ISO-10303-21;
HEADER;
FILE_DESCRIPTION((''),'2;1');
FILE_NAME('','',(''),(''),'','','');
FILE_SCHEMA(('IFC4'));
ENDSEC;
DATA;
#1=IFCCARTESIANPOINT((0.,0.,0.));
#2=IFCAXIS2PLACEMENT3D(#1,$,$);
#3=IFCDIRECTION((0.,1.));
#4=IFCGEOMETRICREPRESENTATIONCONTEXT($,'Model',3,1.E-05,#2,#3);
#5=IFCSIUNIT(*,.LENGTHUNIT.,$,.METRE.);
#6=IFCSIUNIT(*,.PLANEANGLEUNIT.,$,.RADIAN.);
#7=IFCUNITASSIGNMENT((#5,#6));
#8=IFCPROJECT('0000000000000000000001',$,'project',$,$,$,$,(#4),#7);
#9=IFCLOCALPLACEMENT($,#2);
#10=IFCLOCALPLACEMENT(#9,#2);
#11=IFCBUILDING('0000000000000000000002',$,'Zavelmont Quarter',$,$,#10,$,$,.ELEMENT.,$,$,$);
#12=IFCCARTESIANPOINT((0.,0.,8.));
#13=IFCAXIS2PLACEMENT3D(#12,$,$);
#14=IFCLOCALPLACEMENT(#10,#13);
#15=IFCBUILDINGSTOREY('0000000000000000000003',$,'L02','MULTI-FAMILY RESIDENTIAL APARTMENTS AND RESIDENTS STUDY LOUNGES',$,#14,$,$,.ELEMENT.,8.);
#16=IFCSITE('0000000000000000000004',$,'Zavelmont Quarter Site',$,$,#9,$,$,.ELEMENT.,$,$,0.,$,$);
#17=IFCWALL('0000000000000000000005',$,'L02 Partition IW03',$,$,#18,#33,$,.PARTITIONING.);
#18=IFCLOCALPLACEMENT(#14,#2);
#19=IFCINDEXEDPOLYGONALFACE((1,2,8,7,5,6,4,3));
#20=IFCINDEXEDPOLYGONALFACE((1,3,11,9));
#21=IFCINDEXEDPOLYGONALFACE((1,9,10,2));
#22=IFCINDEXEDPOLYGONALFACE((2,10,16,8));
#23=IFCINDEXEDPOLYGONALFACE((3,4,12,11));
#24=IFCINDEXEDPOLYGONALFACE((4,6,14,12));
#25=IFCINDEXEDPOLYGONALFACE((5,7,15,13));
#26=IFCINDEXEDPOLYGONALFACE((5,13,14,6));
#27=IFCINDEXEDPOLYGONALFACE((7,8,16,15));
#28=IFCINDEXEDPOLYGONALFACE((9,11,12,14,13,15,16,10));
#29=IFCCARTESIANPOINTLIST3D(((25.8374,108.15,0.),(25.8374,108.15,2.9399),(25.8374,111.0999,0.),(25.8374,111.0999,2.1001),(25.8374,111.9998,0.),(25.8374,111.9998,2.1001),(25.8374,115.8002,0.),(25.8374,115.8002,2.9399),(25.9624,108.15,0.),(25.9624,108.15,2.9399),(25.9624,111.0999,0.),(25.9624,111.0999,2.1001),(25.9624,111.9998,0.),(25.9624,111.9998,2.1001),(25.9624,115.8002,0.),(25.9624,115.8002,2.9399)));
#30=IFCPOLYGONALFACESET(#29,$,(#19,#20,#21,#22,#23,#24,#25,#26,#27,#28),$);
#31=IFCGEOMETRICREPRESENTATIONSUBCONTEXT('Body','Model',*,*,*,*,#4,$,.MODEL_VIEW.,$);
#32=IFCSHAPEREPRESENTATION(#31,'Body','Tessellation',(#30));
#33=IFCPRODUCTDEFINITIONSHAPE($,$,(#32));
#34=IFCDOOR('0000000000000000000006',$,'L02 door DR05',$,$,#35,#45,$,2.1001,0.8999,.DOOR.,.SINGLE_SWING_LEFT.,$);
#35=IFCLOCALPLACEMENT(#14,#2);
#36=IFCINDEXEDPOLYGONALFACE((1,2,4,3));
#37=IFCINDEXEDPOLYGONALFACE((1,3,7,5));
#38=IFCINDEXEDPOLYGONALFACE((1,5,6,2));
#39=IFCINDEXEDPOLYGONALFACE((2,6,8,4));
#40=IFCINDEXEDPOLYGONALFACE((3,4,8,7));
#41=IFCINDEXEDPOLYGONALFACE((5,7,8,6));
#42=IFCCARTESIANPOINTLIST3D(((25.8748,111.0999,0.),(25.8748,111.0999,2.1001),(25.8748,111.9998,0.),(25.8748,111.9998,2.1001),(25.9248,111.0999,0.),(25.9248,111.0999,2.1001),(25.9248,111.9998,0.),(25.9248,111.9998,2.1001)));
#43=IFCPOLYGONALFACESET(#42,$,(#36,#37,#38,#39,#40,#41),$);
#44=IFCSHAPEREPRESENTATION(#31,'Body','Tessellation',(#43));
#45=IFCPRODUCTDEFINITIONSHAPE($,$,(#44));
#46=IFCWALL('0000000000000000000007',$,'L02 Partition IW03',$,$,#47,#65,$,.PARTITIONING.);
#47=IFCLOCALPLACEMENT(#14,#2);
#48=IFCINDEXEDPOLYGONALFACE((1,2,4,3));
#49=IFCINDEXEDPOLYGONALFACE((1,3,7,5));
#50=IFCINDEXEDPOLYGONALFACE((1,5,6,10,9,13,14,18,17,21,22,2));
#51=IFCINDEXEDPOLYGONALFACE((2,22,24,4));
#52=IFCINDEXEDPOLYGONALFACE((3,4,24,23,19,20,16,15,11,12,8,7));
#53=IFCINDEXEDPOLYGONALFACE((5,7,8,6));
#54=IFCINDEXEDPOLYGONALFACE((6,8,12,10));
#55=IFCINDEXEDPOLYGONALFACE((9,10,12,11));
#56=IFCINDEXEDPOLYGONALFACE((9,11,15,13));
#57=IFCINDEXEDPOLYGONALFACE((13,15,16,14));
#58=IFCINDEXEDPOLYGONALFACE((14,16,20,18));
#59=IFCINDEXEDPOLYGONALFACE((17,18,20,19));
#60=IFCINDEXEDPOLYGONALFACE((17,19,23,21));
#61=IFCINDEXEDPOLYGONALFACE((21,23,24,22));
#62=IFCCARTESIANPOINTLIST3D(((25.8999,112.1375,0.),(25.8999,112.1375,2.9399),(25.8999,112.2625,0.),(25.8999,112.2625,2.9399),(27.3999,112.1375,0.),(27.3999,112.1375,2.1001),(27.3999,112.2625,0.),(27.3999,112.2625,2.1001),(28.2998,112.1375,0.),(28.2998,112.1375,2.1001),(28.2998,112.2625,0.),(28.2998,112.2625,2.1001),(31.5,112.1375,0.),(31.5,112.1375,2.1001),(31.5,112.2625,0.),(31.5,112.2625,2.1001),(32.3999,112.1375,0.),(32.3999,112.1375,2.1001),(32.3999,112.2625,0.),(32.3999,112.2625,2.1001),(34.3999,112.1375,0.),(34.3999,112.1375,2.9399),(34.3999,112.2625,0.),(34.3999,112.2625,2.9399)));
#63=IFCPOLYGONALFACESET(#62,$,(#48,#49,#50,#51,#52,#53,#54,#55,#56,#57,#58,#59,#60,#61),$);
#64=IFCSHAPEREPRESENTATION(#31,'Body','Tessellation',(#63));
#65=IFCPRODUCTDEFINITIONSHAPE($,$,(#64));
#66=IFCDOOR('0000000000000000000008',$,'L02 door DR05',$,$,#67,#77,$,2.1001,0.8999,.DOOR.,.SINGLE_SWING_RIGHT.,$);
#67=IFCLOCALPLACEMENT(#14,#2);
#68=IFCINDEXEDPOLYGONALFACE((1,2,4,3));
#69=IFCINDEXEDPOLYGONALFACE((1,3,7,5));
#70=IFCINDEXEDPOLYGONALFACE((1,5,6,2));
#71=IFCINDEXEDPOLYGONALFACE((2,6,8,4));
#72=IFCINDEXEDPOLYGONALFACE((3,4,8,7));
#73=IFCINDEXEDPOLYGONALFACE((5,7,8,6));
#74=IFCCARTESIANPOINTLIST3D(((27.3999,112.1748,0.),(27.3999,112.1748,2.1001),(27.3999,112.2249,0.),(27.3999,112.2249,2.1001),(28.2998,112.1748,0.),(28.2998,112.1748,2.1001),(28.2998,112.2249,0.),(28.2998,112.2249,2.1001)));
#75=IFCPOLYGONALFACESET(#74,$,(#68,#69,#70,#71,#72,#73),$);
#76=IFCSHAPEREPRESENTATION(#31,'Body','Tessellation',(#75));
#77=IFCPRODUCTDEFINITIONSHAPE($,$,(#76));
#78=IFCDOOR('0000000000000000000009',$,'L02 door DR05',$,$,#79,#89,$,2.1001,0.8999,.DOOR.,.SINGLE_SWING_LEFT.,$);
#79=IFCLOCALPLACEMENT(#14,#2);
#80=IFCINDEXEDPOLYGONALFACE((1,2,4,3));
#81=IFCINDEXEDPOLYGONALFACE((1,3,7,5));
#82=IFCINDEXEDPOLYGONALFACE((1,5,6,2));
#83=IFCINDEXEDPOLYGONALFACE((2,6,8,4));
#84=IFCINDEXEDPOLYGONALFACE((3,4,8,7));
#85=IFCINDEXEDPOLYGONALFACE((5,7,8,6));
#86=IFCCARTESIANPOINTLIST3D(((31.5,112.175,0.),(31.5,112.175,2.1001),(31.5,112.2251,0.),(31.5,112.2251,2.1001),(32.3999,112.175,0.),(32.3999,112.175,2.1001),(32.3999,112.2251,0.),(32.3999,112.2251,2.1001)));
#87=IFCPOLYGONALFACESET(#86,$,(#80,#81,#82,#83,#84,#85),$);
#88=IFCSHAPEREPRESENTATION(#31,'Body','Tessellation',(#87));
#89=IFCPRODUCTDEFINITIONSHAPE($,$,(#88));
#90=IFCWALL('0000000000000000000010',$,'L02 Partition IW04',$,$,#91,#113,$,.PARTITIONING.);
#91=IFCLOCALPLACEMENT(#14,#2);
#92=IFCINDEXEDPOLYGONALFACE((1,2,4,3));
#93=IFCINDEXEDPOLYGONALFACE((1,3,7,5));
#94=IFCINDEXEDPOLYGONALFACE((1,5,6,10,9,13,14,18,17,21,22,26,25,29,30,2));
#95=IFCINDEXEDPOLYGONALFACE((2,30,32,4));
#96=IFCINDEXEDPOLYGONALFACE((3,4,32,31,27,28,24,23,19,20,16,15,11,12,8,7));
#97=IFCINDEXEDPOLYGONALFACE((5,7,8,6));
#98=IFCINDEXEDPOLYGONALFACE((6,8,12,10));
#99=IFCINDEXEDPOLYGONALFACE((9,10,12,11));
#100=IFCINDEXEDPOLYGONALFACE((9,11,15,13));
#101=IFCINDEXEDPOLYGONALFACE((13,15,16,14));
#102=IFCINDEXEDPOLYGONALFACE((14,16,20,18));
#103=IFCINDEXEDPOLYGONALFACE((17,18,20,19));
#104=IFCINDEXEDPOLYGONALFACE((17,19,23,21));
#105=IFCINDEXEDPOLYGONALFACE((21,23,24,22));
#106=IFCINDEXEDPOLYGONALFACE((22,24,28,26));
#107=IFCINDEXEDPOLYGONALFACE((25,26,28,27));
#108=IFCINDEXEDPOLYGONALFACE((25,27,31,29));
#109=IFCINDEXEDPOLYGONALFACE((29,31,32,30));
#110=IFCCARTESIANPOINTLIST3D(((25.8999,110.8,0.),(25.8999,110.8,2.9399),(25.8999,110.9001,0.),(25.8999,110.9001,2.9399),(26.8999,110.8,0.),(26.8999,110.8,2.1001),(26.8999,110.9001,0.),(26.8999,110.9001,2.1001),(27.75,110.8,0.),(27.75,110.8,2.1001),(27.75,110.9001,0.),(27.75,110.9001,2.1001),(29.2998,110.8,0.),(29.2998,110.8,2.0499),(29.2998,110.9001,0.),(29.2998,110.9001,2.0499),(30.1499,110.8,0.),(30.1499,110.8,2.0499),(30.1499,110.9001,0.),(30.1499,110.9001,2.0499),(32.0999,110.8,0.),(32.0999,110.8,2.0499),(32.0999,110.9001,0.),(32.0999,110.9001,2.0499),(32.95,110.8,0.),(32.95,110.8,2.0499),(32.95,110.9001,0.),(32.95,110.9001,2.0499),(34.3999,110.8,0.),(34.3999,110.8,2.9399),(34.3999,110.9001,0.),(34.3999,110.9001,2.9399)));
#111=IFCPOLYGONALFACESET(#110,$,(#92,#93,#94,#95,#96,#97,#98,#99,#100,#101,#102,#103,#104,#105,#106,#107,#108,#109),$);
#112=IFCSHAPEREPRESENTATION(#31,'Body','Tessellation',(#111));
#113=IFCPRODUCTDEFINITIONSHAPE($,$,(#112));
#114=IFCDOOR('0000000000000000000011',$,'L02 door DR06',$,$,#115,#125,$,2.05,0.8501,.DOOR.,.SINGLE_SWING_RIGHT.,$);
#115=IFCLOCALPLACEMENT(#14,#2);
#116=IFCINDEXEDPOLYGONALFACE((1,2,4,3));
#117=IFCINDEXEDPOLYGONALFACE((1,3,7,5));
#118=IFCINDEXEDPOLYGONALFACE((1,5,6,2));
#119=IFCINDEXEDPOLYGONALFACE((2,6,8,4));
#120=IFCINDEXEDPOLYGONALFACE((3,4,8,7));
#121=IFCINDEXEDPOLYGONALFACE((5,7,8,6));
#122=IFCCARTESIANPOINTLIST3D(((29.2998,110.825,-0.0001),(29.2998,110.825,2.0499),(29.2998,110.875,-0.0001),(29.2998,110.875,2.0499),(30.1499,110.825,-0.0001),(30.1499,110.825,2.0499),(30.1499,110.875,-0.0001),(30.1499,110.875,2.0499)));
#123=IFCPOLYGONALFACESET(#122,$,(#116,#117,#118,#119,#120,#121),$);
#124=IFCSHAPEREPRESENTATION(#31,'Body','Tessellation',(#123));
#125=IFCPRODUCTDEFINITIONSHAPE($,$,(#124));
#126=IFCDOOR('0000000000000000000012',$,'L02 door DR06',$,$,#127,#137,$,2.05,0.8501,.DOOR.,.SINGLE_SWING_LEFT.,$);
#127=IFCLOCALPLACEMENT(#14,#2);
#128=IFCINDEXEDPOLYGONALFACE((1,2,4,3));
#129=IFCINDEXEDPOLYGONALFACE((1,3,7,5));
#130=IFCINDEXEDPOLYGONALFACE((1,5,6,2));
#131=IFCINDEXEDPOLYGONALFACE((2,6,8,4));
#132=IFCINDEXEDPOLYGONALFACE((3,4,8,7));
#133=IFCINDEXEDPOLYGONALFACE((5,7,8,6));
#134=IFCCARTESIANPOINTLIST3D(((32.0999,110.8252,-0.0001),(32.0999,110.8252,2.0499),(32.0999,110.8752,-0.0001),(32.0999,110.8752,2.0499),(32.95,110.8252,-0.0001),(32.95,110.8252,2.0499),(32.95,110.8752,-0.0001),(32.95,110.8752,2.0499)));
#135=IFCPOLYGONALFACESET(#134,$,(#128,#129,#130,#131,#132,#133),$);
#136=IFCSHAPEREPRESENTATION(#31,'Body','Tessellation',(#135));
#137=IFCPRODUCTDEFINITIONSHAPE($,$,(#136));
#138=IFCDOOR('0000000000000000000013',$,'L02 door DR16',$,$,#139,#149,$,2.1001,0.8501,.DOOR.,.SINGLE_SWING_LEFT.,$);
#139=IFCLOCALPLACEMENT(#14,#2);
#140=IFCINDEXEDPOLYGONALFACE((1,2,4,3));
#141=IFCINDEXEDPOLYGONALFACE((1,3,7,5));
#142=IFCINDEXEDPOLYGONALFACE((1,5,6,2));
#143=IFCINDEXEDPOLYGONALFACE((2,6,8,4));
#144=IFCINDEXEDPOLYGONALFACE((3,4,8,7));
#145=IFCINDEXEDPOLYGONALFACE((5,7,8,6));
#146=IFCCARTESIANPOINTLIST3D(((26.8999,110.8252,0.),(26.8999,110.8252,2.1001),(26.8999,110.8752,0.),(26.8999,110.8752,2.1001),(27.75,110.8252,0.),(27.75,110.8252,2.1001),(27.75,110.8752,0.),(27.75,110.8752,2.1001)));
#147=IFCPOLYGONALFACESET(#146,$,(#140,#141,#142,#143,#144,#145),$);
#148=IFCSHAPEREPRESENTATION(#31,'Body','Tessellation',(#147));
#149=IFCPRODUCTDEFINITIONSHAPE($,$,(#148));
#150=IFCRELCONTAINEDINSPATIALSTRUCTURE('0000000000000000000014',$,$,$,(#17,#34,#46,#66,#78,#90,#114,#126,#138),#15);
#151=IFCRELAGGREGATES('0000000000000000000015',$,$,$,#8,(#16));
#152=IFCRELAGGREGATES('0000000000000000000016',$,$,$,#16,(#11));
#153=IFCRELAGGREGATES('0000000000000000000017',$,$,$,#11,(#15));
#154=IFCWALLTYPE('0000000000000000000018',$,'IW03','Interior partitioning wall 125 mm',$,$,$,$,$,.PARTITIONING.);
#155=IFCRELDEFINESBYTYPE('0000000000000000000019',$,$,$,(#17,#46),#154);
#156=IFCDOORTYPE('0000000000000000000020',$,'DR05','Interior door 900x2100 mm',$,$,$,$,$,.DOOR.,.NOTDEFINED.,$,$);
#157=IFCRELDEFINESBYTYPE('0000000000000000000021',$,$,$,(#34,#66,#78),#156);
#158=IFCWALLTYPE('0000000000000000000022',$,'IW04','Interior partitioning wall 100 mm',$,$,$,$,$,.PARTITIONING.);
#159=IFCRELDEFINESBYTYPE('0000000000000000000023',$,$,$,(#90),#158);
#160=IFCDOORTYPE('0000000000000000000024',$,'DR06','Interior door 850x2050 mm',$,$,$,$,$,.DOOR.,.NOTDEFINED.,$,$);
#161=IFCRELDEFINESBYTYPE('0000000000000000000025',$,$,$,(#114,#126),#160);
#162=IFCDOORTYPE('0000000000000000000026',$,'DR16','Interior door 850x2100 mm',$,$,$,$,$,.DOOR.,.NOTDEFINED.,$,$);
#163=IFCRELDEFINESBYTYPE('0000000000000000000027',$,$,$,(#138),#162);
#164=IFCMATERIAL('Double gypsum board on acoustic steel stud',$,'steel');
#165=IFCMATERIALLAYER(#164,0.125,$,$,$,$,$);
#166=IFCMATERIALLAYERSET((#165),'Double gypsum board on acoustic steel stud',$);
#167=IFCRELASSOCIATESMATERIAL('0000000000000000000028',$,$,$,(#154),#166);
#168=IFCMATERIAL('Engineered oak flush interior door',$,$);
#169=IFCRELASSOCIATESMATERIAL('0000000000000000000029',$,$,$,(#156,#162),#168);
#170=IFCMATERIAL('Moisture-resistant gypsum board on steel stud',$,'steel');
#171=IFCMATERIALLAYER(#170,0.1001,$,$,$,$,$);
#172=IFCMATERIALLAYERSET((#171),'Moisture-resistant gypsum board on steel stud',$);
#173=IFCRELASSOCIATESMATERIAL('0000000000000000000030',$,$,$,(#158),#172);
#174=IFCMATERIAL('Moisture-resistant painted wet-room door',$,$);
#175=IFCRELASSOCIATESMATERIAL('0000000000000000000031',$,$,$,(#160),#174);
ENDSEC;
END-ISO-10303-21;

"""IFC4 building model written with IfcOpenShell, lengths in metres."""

from ifc_helpers import new_model, si_unit, direction, frame, frame_2d, origin, origin_with_axes, place, context, subcontext, project, spatial, rectangle, extrude, material, layer, layer_set, type_object, element, fill, save


model = new_model("IFC4")

# Units and contexts
model_context = context("Model", 3, precision=1e-05, world=origin(), true_north=direction((0.0, 1.0)))
body_context = subcontext(model_context, "Body", "Model", "MODEL_VIEW")
ifc_project = project(units=[si_unit("LENGTHUNIT", "METRE"), si_unit("PLANEANGLEUNIT", "RADIAN")], contexts=[model_context])

# Site, building, storey
site_placement = place(None, origin())
site = spatial("IfcSite", under=ifc_project, at=site_placement, Name="Zavelmont Quarter Site", CompositionType="ELEMENT", RefElevation=0.0)
building_placement = place(site_placement, origin())
building = spatial("IfcBuilding", under=site, at=building_placement, Name="Zavelmont Quarter", CompositionType="ELEMENT")
storey_placement = place(building_placement, frame((0.0, 0.0, 8.0)))
storey = spatial("IfcBuildingStorey", under=building, at=storey_placement, Name="L02", Description="MULTI-FAMILY RESIDENTIAL APARTMENTS AND RESIDENTS STUDY LOUNGES", CompositionType="ELEMENT", Elevation=8.0)

# Wall, opening, door
ifc_material_1 = material(Name="Double gypsum board on acoustic steel stud", Category="steel")
ifc_layer_1 = layer(ifc_material_1, 0.125)
ifc_layer_set_1 = layer_set([ifc_layer_1], Name="Double gypsum board on acoustic steel stud")
wall_type_1 = type_object("IfcWallType", Name="IW03", Description="Interior partitioning wall 125 mm", PredefinedType="PARTITIONING", material=ifc_layer_set_1)
wall_1_placement = place(storey_placement, frame((25.8999, 108.1499, 0.0), z_axis=(0.0, 0.0, 1.0), x_axis=(0.0, 1.0, 0.0)))
wall_1 = element("IfcWall", 1, at=wall_1_placement, inside=storey, type_object=wall_type_1, Name="L02 Partition IW03", PredefinedType="PARTITIONING", context=body_context, shape_type="SweptSolid", body=[
    extrude(rectangle(XDim=7.6501, YDim=0.125, at=frame_2d((3.8252, 0.0))), origin(), (0.0, 0.0, 1.0), 2.9399),
])
opening_1_placement = place(wall_1_placement, frame((2.95, 0.0, 0.0)))
opening_1 = element("IfcOpeningElement", 2, at=opening_1_placement, cuts=wall_1, PredefinedType="OPENING", context=body_context, shape_type="SweptSolid", body=[
    extrude(rectangle(XDim=0.8999, YDim=2.1001, at=frame_2d((0.45, 1.05))), frame((0.0, 0.0745, 0.0), z_axis=(0.0, -1.0, 0.0), x_axis=(1.0, 0.0, 0.0)), (0.0, 0.0, 1.0), 0.1489),
])
ifc_material_2 = material(Name="Engineered oak flush interior door")
door_type_1 = type_object("IfcDoorType", Name="DR05", Description="Interior door 900x2100 mm", OperationType="NOTDEFINED", PredefinedType="DOOR", material=ifc_material_2)
door_1_placement = place(opening_1_placement, frame((0.8999, 0.0, 0.0), z_axis=(0.0, 0.0, 1.0), x_axis=(-1.0, 0.0, 0.0)))
door_1 = element("IfcDoor", 3, at=door_1_placement, inside=storey, type_object=door_type_1, Name="L02 door DR05", OperationType="SINGLE_SWING_LEFT", OverallHeight=2.1001, OverallWidth=0.8999, PredefinedType="DOOR", context=body_context, shape_type="SweptSolid", body=[
    extrude(rectangle(XDim=0.8999, YDim=2.1001, at=frame_2d((0.45, 1.05))), frame((0.0, 0.0249, 0.0), z_axis=(0.0, -1.0, 0.0), x_axis=(1.0, 0.0, 0.0)), (0.0, 0.0, 1.0), 0.05),
])
fill(opening_1, door_1)

# Walls, openings, doors
wall_2_placement = place(storey_placement, frame((25.8999, 112.2, 0.0), z_axis=(0.0, 0.0, 1.0), x_axis=(1.0, 0.0, 0.0)))
wall_2 = element("IfcWall", 4, at=wall_2_placement, inside=storey, type_object=wall_type_1, Name="L02 Partition IW03", PredefinedType="PARTITIONING", context=body_context, shape_type="SweptSolid", body=[
    extrude(rectangle(XDim=8.5, YDim=0.125, at=frame_2d((4.25, 0.0))), origin(), (0.0, 0.0, 1.0), 2.9399),
])
opening_2_placement = place(wall_2_placement, frame((1.5, 0.0, 0.0)))
opening_2 = element("IfcOpeningElement", 5, at=opening_2_placement, cuts=wall_2, PredefinedType="OPENING", context=body_context, shape_type="SweptSolid", body=[
    extrude(rectangle(XDim=0.8999, YDim=2.1001, at=frame_2d((0.45, 1.05))), frame((0.0, 0.0745, 0.0), z_axis=(0.0, -1.0, 0.0), x_axis=(1.0, 0.0, 0.0)), (0.0, 0.0, 1.0), 0.1489),
])
opening_3_placement = place(wall_2_placement, frame((5.6001, 0.0, 0.0)))
opening_3 = element("IfcOpeningElement", 6, at=opening_3_placement, cuts=wall_2, PredefinedType="OPENING", context=body_context, shape_type="SweptSolid", body=[
    extrude(rectangle(XDim=0.8999, YDim=2.1001, at=frame_2d((0.45, 1.05))), frame((0.0, 0.0745, 0.0), z_axis=(0.0, -1.0, 0.0), x_axis=(1.0, 0.0, 0.0)), (0.0, 0.0, 1.0), 0.1489),
])
door_2_placement = place(opening_2_placement, origin_with_axes())
door_2 = element("IfcDoor", 7, at=door_2_placement, inside=storey, type_object=door_type_1, Name="L02 door DR05", OperationType="SINGLE_SWING_RIGHT", OverallHeight=2.1001, OverallWidth=0.8999, PredefinedType="DOOR", context=body_context, shape_type="SweptSolid", body=[
    extrude(rectangle(XDim=0.8999, YDim=2.1001, at=frame_2d((0.45, 1.05))), frame((0.0, 0.0249, 0.0), z_axis=(0.0, -1.0, 0.0), x_axis=(1.0, 0.0, 0.0)), (0.0, 0.0, 1.0), 0.05),
])
fill(opening_2, door_2)
door_3_placement = place(opening_3_placement, frame((0.8999, 0.0, 0.0), z_axis=(0.0, 0.0, 1.0), x_axis=(-1.0, 0.0, 0.0)))
door_3 = element("IfcDoor", 8, at=door_3_placement, inside=storey, type_object=door_type_1, Name="L02 door DR05", OperationType="SINGLE_SWING_LEFT", OverallHeight=2.1001, OverallWidth=0.8999, PredefinedType="DOOR", context=body_context, shape_type="SweptSolid", body=[
    extrude(rectangle(XDim=0.8999, YDim=2.1001, at=frame_2d((0.45, 1.05))), frame((0.0, 0.0249, 0.0), z_axis=(0.0, -1.0, 0.0), x_axis=(1.0, 0.0, 0.0)), (0.0, 0.0, 1.0), 0.05),
])
fill(opening_3, door_3)
ifc_material_3 = material(Name="Moisture-resistant gypsum board on steel stud", Category="steel")
ifc_layer_2 = layer(ifc_material_3, 0.1001)
ifc_layer_set_2 = layer_set([ifc_layer_2], Name="Moisture-resistant gypsum board on steel stud")
wall_type_2 = type_object("IfcWallType", Name="IW04", Description="Interior partitioning wall 100 mm", PredefinedType="PARTITIONING", material=ifc_layer_set_2)
wall_3_placement = place(storey_placement, frame((25.8999, 110.8501, 0.0), z_axis=(0.0, 0.0, 1.0), x_axis=(1.0, 0.0, 0.0)))
wall_3 = element("IfcWall", 9, at=wall_3_placement, inside=storey, type_object=wall_type_2, Name="L02 Partition IW04", PredefinedType="PARTITIONING", context=body_context, shape_type="SweptSolid", body=[
    extrude(rectangle(XDim=8.5, YDim=0.1001, at=frame_2d((4.25, 0.0))), origin(), (0.0, 0.0, 1.0), 2.9399),
])
opening_4_placement = place(wall_3_placement, frame((1.0, 0.0, 0.0)))
opening_4 = element("IfcOpeningElement", 10, at=opening_4_placement, cuts=wall_3, PredefinedType="OPENING", context=body_context, shape_type="SweptSolid", body=[
    extrude(rectangle(XDim=0.8501, YDim=2.1001, at=frame_2d((0.425, 1.05))), frame((0.0, 0.062, 0.0), z_axis=(0.0, -1.0, 0.0), x_axis=(1.0, 0.0, 0.0)), (0.0, 0.0, 1.0), 0.124),
])
opening_5_placement = place(wall_3_placement, frame((3.3999, 0.0, 0.0)))
opening_5 = element("IfcOpeningElement", 11, at=opening_5_placement, cuts=wall_3, PredefinedType="OPENING", context=body_context, shape_type="SweptSolid", body=[
    extrude(rectangle(XDim=0.8501, YDim=2.05, at=frame_2d((0.425, 1.0249))), frame((0.0, 0.062, 0.0), z_axis=(0.0, -1.0, 0.0), x_axis=(1.0, 0.0, 0.0)), (0.0, 0.0, 1.0), 0.124),
])
opening_6_placement = place(wall_3_placement, frame((6.2, 0.0, 0.0)))
opening_6 = element("IfcOpeningElement", 12, at=opening_6_placement, cuts=wall_3, PredefinedType="OPENING", context=body_context, shape_type="SweptSolid", body=[
    extrude(rectangle(XDim=0.8501, YDim=2.05, at=frame_2d((0.425, 1.0249))), frame((0.0, 0.062, 0.0), z_axis=(0.0, -1.0, 0.0), x_axis=(1.0, 0.0, 0.0)), (0.0, 0.0, 1.0), 0.124),
])
ifc_material_4 = material(Name="Moisture-resistant painted wet-room door")
door_type_2 = type_object("IfcDoorType", Name="DR06", Description="Interior door 850x2050 mm", OperationType="NOTDEFINED", PredefinedType="DOOR", material=ifc_material_4)
door_4_placement = place(opening_5_placement, origin_with_axes())
door_4 = element("IfcDoor", 13, at=door_4_placement, inside=storey, type_object=door_type_2, Name="L02 door DR06", OperationType="SINGLE_SWING_RIGHT", OverallHeight=2.05, OverallWidth=0.8501, PredefinedType="DOOR", context=body_context, shape_type="SweptSolid", body=[
    extrude(rectangle(XDim=0.8501, YDim=2.05, at=frame_2d((0.425, 1.0249))), frame((0.0, 0.0249, 0.0), z_axis=(0.0, -1.0, 0.0), x_axis=(1.0, 0.0, 0.0)), (0.0, 0.0, 1.0), 0.05),
])
fill(opening_5, door_4)
door_5_placement = place(opening_6_placement, frame((0.8501, 0.0, 0.0), z_axis=(0.0, 0.0, 1.0), x_axis=(-1.0, 0.0, 0.0)))
door_5 = element("IfcDoor", 14, at=door_5_placement, inside=storey, type_object=door_type_2, Name="L02 door DR06", OperationType="SINGLE_SWING_LEFT", OverallHeight=2.05, OverallWidth=0.8501, PredefinedType="DOOR", context=body_context, shape_type="SweptSolid", body=[
    extrude(rectangle(XDim=0.8501, YDim=2.05, at=frame_2d((0.425, 1.0249))), frame((0.0, 0.0249, 0.0), z_axis=(0.0, -1.0, 0.0), x_axis=(1.0, 0.0, 0.0)), (0.0, 0.0, 1.0), 0.05),
])
fill(opening_6, door_5)
door_type_3 = type_object("IfcDoorType", Name="DR16", Description="Interior door 850x2100 mm", OperationType="NOTDEFINED", PredefinedType="DOOR", material=ifc_material_2)
door_6_placement = place(opening_4_placement, frame((0.8501, 0.0, 0.0), z_axis=(0.0, 0.0, 1.0), x_axis=(-1.0, 0.0, 0.0)))
door_6 = element("IfcDoor", 15, at=door_6_placement, inside=storey, type_object=door_type_3, Name="L02 door DR16", OperationType="SINGLE_SWING_LEFT", OverallHeight=2.1001, OverallWidth=0.8501, PredefinedType="DOOR", context=body_context, shape_type="SweptSolid", body=[
    extrude(rectangle(XDim=0.8501, YDim=2.1001, at=frame_2d((0.425, 1.05))), frame((0.0, 0.0249, 0.0), z_axis=(0.0, -1.0, 0.0), x_axis=(1.0, 0.0, 0.0)), (0.0, 0.0, 1.0), 0.05),
])
fill(opening_4, door_6)

save(model, "model.ifc")
